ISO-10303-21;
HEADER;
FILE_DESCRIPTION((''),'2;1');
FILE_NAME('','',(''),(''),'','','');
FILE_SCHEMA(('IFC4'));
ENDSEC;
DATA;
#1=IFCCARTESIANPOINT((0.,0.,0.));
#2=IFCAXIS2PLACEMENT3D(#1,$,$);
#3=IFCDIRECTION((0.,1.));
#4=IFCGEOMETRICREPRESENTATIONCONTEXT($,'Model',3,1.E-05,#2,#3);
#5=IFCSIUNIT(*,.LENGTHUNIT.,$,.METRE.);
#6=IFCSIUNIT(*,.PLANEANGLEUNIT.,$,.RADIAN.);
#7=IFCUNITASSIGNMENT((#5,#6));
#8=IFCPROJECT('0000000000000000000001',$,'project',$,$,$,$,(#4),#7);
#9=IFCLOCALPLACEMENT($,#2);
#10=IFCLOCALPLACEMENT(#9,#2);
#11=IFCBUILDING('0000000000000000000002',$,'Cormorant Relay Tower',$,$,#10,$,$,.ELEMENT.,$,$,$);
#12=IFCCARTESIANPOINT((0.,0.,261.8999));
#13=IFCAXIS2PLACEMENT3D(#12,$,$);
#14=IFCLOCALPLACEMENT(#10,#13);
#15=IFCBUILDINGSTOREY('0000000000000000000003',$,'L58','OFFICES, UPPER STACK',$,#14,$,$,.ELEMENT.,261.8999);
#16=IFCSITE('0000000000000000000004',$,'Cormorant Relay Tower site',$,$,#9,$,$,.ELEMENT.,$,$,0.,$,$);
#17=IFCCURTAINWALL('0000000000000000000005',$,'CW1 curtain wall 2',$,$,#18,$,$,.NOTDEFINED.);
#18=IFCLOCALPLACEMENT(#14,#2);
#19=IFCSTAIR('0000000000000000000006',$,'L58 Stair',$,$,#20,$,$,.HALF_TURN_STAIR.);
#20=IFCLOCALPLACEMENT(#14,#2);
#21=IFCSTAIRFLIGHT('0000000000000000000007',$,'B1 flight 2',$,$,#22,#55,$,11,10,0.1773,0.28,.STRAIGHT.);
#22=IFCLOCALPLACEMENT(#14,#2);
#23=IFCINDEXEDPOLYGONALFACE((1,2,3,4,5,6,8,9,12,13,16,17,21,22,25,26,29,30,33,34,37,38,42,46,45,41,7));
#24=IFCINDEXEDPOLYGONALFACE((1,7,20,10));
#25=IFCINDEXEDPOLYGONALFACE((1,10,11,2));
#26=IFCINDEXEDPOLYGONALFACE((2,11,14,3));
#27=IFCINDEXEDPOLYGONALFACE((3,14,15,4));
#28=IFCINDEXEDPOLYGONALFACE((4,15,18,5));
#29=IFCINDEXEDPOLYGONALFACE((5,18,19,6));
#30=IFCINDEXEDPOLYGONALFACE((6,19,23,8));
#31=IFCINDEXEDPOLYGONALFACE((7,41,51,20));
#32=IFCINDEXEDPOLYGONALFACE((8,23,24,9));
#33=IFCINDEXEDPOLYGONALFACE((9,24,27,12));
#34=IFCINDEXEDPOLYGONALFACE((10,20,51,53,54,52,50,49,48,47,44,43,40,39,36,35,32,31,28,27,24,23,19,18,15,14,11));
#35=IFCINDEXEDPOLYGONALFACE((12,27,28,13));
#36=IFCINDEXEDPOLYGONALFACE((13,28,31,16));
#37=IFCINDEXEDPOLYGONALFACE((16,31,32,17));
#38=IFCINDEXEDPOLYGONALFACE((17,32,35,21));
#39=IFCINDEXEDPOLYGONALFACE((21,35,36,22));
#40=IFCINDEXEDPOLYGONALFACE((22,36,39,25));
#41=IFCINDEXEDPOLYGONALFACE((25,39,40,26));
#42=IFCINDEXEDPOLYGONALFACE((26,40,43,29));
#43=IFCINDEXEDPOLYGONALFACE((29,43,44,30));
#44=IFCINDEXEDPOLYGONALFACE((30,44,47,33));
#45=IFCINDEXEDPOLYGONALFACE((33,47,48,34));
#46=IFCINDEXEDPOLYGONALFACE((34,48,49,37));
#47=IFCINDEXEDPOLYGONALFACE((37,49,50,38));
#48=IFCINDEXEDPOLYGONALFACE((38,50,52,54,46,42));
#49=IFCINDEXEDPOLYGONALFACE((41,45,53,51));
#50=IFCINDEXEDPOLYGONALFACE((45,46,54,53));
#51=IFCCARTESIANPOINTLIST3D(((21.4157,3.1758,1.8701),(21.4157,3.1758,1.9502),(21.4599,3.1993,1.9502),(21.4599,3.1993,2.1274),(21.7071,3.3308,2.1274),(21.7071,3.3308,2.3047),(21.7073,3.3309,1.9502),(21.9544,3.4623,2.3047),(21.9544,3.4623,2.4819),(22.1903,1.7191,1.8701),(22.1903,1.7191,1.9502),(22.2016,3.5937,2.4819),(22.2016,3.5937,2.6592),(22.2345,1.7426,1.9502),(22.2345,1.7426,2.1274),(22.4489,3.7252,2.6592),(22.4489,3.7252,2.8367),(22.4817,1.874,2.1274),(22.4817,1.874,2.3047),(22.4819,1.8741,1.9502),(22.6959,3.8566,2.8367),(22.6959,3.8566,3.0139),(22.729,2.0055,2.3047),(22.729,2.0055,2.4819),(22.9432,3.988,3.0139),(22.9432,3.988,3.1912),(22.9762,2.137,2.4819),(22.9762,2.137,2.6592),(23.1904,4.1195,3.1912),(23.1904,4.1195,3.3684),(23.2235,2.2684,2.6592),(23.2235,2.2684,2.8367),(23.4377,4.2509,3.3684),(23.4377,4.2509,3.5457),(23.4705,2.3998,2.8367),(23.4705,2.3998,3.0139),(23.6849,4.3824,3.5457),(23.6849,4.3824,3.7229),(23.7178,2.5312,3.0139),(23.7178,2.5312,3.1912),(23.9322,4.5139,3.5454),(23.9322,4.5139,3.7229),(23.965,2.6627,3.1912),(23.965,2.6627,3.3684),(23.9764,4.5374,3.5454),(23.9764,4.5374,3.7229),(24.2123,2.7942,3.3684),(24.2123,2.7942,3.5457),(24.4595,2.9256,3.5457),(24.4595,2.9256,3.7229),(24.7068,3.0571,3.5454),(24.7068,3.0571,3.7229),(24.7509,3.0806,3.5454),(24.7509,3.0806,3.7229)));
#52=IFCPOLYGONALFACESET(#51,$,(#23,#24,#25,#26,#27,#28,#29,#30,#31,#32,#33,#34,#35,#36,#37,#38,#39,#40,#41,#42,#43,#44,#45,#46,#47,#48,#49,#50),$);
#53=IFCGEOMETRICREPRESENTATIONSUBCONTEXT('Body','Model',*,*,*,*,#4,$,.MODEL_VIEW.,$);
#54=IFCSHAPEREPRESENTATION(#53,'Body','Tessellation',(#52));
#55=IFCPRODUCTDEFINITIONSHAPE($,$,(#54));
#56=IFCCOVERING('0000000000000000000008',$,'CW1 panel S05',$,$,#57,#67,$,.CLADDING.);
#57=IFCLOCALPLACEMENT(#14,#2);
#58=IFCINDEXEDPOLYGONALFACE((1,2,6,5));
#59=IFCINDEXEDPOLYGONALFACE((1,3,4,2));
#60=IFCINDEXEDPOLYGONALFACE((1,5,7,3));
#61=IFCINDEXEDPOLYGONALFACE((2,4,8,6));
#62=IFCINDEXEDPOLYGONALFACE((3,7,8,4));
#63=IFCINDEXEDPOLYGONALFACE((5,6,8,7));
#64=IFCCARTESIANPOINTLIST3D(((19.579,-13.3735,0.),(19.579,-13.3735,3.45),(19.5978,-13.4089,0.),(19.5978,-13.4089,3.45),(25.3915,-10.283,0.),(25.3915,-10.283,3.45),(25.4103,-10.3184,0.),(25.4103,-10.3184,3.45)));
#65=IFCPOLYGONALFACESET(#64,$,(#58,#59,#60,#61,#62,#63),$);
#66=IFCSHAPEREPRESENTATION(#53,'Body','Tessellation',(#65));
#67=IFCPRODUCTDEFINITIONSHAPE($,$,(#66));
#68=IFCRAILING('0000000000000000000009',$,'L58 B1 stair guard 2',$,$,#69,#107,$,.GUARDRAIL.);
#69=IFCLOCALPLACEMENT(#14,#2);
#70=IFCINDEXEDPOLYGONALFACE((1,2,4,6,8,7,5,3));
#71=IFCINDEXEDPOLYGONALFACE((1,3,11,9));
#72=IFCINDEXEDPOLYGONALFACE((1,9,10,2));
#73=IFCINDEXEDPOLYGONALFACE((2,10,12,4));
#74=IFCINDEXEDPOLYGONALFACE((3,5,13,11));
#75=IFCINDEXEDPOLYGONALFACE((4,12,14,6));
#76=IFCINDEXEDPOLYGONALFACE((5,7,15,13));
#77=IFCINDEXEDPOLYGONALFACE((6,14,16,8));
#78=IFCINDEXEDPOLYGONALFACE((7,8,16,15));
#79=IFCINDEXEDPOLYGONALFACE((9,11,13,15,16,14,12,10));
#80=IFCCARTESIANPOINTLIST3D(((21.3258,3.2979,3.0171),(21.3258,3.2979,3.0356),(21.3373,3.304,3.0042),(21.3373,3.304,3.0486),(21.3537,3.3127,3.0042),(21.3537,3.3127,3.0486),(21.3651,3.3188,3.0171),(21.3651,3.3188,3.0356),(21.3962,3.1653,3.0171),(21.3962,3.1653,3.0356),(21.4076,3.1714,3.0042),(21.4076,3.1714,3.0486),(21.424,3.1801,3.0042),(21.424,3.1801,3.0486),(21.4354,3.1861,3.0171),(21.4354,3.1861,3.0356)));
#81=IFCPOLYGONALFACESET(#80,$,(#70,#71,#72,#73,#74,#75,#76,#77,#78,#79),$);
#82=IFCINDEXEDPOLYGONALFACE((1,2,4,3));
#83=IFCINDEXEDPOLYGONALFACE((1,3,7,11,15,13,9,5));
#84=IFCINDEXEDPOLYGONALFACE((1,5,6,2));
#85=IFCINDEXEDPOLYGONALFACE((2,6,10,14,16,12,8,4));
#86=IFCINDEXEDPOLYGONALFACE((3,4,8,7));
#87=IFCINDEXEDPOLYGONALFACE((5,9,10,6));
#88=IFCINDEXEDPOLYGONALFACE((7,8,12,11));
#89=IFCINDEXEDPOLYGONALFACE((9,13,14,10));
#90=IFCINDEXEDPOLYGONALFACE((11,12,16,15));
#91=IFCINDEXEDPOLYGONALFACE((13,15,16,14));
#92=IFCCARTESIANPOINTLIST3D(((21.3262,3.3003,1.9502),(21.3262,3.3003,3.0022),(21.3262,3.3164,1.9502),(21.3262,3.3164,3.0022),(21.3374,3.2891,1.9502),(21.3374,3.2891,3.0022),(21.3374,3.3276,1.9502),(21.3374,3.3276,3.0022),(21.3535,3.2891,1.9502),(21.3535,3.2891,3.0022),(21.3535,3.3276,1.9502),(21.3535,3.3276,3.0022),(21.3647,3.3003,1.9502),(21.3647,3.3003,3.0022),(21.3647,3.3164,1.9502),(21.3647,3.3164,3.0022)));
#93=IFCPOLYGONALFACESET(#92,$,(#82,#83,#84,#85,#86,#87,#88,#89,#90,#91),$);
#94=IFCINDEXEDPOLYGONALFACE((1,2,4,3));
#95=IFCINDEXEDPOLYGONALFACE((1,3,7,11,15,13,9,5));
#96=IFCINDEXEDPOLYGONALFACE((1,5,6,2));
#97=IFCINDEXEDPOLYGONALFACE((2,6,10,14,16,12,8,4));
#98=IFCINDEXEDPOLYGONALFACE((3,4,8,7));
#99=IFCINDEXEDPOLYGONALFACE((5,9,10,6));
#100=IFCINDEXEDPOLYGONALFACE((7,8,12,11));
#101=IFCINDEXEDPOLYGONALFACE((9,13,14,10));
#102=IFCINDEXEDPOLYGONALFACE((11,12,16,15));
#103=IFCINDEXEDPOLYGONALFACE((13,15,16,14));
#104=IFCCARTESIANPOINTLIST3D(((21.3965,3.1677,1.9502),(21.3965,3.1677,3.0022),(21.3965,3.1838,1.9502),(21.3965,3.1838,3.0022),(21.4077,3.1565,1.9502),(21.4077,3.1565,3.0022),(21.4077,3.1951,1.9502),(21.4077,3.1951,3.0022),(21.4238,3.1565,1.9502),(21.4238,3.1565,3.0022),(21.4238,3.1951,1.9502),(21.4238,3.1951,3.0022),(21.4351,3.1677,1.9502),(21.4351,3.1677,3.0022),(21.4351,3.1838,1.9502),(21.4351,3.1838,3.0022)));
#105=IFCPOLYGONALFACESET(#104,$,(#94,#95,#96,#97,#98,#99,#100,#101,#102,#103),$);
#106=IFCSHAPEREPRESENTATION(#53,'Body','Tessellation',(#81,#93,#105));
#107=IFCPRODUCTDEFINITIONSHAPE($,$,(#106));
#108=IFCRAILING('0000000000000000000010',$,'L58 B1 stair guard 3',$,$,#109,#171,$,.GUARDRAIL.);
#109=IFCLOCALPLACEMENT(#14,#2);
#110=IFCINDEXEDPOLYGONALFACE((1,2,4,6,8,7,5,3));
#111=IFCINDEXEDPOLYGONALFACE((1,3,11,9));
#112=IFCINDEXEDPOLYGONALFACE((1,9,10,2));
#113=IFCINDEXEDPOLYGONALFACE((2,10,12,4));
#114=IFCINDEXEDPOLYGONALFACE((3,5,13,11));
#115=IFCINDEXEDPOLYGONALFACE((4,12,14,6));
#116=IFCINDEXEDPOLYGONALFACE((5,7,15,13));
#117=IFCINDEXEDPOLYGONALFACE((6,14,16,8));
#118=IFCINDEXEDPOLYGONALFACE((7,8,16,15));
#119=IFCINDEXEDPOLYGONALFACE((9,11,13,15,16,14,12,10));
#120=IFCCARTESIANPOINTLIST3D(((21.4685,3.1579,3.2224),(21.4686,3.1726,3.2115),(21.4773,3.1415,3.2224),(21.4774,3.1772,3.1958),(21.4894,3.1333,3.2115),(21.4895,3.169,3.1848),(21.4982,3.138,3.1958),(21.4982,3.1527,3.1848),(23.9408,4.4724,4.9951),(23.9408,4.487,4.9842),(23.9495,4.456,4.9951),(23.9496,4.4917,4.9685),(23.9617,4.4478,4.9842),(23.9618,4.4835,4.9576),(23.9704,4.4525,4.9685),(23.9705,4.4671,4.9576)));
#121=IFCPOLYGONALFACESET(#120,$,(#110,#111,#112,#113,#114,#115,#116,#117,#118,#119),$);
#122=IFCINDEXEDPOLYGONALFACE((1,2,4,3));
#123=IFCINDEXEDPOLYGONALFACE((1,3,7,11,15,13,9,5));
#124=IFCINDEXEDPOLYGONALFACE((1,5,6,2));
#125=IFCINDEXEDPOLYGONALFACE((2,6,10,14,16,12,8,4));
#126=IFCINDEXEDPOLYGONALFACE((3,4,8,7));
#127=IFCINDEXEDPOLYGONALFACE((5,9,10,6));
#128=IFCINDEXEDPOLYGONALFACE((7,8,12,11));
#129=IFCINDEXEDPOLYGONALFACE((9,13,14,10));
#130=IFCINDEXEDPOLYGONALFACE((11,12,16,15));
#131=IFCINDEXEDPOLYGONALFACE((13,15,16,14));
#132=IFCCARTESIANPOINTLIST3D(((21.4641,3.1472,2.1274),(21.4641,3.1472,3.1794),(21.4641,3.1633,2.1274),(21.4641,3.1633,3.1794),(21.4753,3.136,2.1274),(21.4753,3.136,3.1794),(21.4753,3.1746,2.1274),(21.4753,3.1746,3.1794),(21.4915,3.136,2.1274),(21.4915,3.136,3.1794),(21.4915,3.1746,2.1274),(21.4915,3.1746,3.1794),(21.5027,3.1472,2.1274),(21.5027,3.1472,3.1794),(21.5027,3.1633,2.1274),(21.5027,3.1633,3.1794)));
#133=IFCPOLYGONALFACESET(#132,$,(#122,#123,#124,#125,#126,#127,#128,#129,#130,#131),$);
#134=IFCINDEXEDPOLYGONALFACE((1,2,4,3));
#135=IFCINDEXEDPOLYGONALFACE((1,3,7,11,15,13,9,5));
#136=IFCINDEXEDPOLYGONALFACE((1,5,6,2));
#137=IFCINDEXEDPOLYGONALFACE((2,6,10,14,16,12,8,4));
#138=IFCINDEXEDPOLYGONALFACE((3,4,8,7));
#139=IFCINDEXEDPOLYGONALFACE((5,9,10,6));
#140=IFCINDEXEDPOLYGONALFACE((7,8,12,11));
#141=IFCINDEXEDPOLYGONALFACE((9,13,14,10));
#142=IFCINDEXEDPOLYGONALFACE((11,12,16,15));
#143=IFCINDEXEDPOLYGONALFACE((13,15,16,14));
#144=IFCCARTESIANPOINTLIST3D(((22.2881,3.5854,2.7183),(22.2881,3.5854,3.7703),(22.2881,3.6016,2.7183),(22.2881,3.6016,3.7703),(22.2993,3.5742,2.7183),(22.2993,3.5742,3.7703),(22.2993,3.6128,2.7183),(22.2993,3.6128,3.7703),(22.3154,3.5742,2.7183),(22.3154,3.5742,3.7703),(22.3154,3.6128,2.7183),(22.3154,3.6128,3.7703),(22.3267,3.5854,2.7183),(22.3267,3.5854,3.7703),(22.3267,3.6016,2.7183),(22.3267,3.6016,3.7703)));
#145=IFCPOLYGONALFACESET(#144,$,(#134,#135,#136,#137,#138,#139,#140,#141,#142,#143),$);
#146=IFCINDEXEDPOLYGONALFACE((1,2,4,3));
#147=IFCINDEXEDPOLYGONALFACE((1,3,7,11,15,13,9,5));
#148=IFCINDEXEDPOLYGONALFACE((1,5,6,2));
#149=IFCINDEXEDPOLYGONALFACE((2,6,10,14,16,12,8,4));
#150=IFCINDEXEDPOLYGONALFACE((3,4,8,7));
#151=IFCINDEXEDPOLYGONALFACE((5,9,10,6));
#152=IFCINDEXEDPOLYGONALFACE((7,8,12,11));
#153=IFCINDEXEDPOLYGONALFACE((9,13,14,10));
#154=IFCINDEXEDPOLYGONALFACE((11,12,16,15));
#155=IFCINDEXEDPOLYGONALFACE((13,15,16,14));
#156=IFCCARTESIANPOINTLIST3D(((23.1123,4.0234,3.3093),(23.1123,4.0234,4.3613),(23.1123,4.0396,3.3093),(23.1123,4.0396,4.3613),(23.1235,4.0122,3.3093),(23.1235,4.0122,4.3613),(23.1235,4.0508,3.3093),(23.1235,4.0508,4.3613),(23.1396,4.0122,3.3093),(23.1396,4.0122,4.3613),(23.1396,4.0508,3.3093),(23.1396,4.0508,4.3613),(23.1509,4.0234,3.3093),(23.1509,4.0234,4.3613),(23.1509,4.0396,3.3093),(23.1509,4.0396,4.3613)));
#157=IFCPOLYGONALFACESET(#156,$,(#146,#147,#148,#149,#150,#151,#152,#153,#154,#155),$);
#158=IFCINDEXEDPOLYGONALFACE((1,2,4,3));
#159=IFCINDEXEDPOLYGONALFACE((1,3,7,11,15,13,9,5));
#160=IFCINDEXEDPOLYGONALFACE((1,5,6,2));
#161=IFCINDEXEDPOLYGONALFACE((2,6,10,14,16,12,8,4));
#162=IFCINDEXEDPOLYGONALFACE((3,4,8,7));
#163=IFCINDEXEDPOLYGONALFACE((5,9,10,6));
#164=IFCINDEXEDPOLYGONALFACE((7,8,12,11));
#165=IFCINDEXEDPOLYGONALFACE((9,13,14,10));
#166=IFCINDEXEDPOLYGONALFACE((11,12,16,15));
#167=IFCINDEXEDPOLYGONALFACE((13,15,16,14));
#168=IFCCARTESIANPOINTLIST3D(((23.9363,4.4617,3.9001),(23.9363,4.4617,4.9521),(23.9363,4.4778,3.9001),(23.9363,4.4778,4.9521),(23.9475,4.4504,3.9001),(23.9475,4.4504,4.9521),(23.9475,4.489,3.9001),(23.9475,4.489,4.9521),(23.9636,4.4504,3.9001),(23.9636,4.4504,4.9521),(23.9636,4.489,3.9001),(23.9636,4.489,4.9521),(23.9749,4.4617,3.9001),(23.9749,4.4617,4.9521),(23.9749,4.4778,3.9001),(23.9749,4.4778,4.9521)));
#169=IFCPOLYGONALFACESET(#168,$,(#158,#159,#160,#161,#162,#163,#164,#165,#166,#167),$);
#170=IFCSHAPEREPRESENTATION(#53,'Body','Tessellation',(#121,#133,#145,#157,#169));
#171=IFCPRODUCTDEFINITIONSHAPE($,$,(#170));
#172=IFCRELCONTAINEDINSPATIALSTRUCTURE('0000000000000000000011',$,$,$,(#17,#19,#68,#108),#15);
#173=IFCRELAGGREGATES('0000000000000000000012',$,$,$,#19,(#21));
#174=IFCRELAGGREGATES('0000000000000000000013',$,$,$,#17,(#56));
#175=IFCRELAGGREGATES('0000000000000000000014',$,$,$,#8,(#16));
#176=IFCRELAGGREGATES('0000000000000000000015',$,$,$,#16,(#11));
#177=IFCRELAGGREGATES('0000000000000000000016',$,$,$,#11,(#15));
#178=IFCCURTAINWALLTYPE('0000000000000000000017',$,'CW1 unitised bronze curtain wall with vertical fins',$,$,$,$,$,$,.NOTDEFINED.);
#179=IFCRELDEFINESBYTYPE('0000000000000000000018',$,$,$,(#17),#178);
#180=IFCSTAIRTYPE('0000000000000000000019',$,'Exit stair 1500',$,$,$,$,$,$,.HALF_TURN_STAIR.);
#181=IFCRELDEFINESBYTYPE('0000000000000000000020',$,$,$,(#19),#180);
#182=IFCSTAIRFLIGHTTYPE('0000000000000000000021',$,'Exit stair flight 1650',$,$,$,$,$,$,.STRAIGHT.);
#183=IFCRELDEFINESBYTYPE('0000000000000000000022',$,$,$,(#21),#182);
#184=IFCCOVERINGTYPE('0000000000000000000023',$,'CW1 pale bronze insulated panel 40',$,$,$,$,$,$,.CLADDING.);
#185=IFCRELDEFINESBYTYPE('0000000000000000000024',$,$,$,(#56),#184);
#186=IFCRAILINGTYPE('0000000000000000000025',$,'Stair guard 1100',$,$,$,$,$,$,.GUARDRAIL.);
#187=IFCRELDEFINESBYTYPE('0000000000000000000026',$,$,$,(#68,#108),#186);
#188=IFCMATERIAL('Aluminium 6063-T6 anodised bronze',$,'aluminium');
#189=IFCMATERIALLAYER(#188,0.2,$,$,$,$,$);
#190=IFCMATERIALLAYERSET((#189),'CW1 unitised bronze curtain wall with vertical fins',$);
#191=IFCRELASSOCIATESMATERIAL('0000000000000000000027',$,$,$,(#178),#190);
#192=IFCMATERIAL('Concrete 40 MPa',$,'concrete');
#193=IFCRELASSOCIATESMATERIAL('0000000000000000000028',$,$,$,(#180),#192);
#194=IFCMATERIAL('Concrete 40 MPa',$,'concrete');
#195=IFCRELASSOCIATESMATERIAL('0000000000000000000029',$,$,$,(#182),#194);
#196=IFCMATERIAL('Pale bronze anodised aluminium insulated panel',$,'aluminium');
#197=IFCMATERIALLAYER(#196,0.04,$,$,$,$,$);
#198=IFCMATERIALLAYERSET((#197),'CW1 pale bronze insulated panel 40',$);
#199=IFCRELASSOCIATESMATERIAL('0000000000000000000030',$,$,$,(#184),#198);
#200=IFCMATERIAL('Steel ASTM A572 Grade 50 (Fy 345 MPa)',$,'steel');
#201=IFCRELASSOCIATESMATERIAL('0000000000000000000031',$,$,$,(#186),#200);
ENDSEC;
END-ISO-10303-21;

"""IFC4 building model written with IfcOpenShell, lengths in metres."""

from ifc_helpers import new_model, si_unit, direction, frame, origin, origin_2d, place, context, subcontext, project, spatial, polyline, rectangle, outline, extrude, material, layer, layer_set, type_object, element, aggregate, save


model = new_model("IFC4")

# Units and contexts
model_context = context("Model", 3, precision=1e-05, world=origin(), true_north=direction((0.0, 1.0)))
body_context = subcontext(model_context, "Body", "Model", "MODEL_VIEW")
ifc_project = project(units=[si_unit("LENGTHUNIT", "METRE"), si_unit("PLANEANGLEUNIT", "RADIAN")], contexts=[model_context])

# Site, building, storey
site_placement = place(None, origin())
site = spatial("IfcSite", under=ifc_project, at=site_placement, Name="Cormorant Relay Tower site", CompositionType="ELEMENT", RefElevation=0.0)
building_placement = place(site_placement, origin())
building = spatial("IfcBuilding", under=site, at=building_placement, Name="Cormorant Relay Tower", CompositionType="ELEMENT")
storey_placement = place(building_placement, frame((0.0, 0.0, 261.8999)))
storey = spatial("IfcBuildingStorey", under=building, at=storey_placement, Name="L58", Description="OFFICES, UPPER STACK", CompositionType="ELEMENT", Elevation=261.8999)

# Curtain wall
ifc_material_1 = material(Name="Aluminium 6063-T6 anodised bronze", Category="aluminium")
ifc_layer_1 = layer(ifc_material_1, 0.2)
ifc_layer_set_1 = layer_set([ifc_layer_1], Name="CW1 unitised bronze curtain wall with vertical fins")
curtain_wall_type = type_object("IfcCurtainWallType", Name="CW1 unitised bronze curtain wall with vertical fins", PredefinedType="NOTDEFINED", material=ifc_layer_set_1)
curtain_wall_placement = place(storey_placement, origin())
curtain_wall = element("IfcCurtainWall", 1, at=curtain_wall_placement, inside=storey, type_object=curtain_wall_type, Name="CW1 curtain wall 2", PredefinedType="NOTDEFINED")

# Stair, stair flight
ifc_material_2 = material(Name="Concrete 40 MPa", Category="concrete")
stair_type = type_object("IfcStairType", Name="Exit stair 1500", PredefinedType="HALF_TURN_STAIR", material=ifc_material_2)
stair_placement = place(storey_placement, origin())
stair = element("IfcStair", 2, at=stair_placement, inside=storey, type_object=stair_type, Name="L58 Stair", PredefinedType="HALF_TURN_STAIR")
ifc_material_3 = material(Name="Concrete 40 MPa", Category="concrete")
stair_flight_type = type_object("IfcStairFlightType", Name="Exit stair flight 1650", PredefinedType="STRAIGHT", material=ifc_material_3)
stair_flight_placement = place(storey_placement, frame((21.8472, 2.4709, 1.9502), z_axis=(0.0, 0.0, 1.0), x_axis=(0.882948, 0.469472, 0.0)))
stair_flight = element("IfcStairFlight", 3, at=stair_flight_placement, type_object=stair_flight_type, Name="B1 flight 2", NumberOfRisers=11, NumberOfTreads=10, PredefinedType="STRAIGHT", RiserHeight=0.1773, TreadLength=0.28, context=body_context, shape_type="SweptSolid", body=[
    extrude(outline(polyline([(-0.05, -0.0801), (-0.05, 0.0), (0.0, 0.0), (0.0, 0.1772), (0.28, 0.1772), (0.28, 0.3545), (0.5601, 0.3545), (0.5601, 0.5317), (0.8401, 0.5317), (0.8401, 0.709), (1.1201, 0.709), (1.1201, 0.8865), (1.3999, 0.8865), (1.3999, 1.0637), (1.6799, 1.0637), (1.6799, 1.241), (1.96, 1.241), (1.96, 1.4182), (2.24, 1.4182), (2.24, 1.5955), (2.52, 1.5955), (2.52, 1.7727), (2.8, 1.7727), (2.8501, 1.7727), (2.8501, 1.5952), (2.8, 1.5952), (0.2803, 0.0), (-0.05, -0.0801)])), frame((0.0, 0.825, 0.0), z_axis=(0.0, -1.0, 0.0), x_axis=(1.0, 0.0, 0.0)), (0.0, 0.0, 1.0), 1.6499),
])
aggregate(stair, [stair_flight])

# Covering
ifc_material_4 = material(Name="Pale bronze anodised aluminium insulated panel", Category="aluminium")
ifc_layer_2 = layer(ifc_material_4, 0.04)
ifc_layer_set_2 = layer_set([ifc_layer_2], Name="CW1 pale bronze insulated panel 40")
covering_type = type_object("IfcCoveringType", Name="CW1 pale bronze insulated panel 40", PredefinedType="CLADDING", material=ifc_layer_set_2)
covering_placement = place(storey_placement, frame((22.4946, -11.8459, 0.0), z_axis=(0.0, 0.0, 1.0), x_axis=(0.882948, 0.469472, 0.0)))
covering = element("IfcCovering", 4, at=covering_placement, type_object=covering_type, Name="CW1 panel S05", PredefinedType="CLADDING", context=body_context, shape_type="SweptSolid", body=[
    extrude(rectangle(XDim=6.583, YDim=0.04, at=origin_2d()), origin(), (0.0, 0.0, 1.0), 3.45),
])
aggregate(curtain_wall, [covering])

# Railings
ifc_material_5 = material(Name="Steel ASTM A572 Grade 50 (Fy 345 MPa)", Category="steel")
railing_type_1 = type_object("IfcRailingType", Name="Stair guard 1100", PredefinedType="GUARDRAIL", material=ifc_material_5)
railing_1_placement = place(storey_placement, frame((21.3455, 3.3083, 1.9502)))
element("IfcRailing", 5, at=railing_1_placement, inside=storey, type_object=railing_type_1, Name="L58 B1 stair guard 2", PredefinedType="GUARDRAIL", context=body_context, shape_type="SweptSolid", body=[
    extrude(outline(polyline([(0.0222, 0.0093), (0.0093, 0.0222), (-0.0093, 0.0222), (-0.0222, 0.0093), (-0.0222, -0.0093), (-0.0093, -0.0222), (0.0093, -0.0222), (0.0222, -0.0093), (0.0222, 0.0093)])), frame((0.0, 0.0, 1.0762), z_axis=(0.46856, -0.883431, 0.0), x_axis=(0.883431, 0.46856, 0.0)), (0.0, 0.0, 1.0), 0.1501),
    extrude(outline(polyline([(0.0193, 0.0081), (0.0081, 0.0193), (-0.0081, 0.0193), (-0.0193, 0.0081), (-0.0193, -0.0081), (-0.0081, -0.0193), (0.0081, -0.0193), (0.0193, -0.0081), (0.0193, 0.0081)])), origin(), (0.0, 0.0, 1.0), 1.052),
    extrude(outline(polyline([(0.0193, 0.0081), (0.0081, 0.0193), (-0.0081, 0.0193), (-0.0193, 0.0081), (-0.0193, -0.0081), (-0.0081, -0.0193), (0.0081, -0.0193), (0.0193, -0.0081), (0.0193, 0.0081)])), frame((0.0703, -0.1326, 0.0)), (0.0, 0.0, 1.0), 1.052),
])
railing_2_placement = place(storey_placement, frame((21.4834, 3.1553, 2.1274)))
element("IfcRailing", 6, at=railing_2_placement, inside=storey, type_object=railing_type_1, Name="L58 B1 stair guard 3", PredefinedType="GUARDRAIL", context=body_context, shape_type="SweptSolid", body=[
    extrude(outline(polyline([(0.0222, 0.0093), (0.0093, 0.0222), (-0.0093, 0.0222), (-0.0222, 0.0093), (-0.0222, -0.0093), (-0.0093, -0.0222), (0.0093, -0.0222), (0.0222, -0.0093), (0.0222, 0.0093)])), frame((0.0, 0.0, 1.0762), z_axis=(0.746001, 0.396649, 0.534931), x_axis=(-0.469465, 0.882951, 0.0)), (0.0, 0.0, 1.0), 3.314),
    extrude(outline(polyline([(0.0193, 0.0081), (0.0081, 0.0193), (-0.0081, 0.0193), (-0.0193, 0.0081), (-0.0193, -0.0081), (-0.0081, -0.0193), (0.0081, -0.0193), (0.0193, -0.0081), (0.0193, 0.0081)])), origin(), (0.0, 0.0, 1.0), 1.052),
    extrude(outline(polyline([(0.0193, 0.0081), (0.0081, 0.0193), (-0.0081, 0.0193), (-0.0193, 0.0081), (-0.0193, -0.0081), (-0.0081, -0.0193), (0.0081, -0.0193), (0.0193, -0.0081), (0.0193, 0.0081)])), frame((0.824, 0.4382, 0.5908)), (0.0, 0.0, 1.0), 1.052),
    extrude(outline(polyline([(0.0193, 0.0081), (0.0081, 0.0193), (-0.0081, 0.0193), (-0.0193, 0.0081), (-0.0193, -0.0081), (-0.0081, -0.0193), (0.0081, -0.0193), (0.0193, -0.0081), (0.0193, 0.0081)])), frame((1.6482, 0.8762, 1.1819)), (0.0, 0.0, 1.0), 1.052),
    extrude(outline(polyline([(0.0193, 0.0081), (0.0081, 0.0193), (-0.0081, 0.0193), (-0.0193, 0.0081), (-0.0193, -0.0081), (-0.0081, -0.0193), (0.0081, -0.0193), (0.0193, -0.0081), (0.0193, 0.0081)])), frame((2.4722, 1.3145, 1.7727)), (0.0, 0.0, 1.0), 1.052),
])

save(model, "model.ifc")
